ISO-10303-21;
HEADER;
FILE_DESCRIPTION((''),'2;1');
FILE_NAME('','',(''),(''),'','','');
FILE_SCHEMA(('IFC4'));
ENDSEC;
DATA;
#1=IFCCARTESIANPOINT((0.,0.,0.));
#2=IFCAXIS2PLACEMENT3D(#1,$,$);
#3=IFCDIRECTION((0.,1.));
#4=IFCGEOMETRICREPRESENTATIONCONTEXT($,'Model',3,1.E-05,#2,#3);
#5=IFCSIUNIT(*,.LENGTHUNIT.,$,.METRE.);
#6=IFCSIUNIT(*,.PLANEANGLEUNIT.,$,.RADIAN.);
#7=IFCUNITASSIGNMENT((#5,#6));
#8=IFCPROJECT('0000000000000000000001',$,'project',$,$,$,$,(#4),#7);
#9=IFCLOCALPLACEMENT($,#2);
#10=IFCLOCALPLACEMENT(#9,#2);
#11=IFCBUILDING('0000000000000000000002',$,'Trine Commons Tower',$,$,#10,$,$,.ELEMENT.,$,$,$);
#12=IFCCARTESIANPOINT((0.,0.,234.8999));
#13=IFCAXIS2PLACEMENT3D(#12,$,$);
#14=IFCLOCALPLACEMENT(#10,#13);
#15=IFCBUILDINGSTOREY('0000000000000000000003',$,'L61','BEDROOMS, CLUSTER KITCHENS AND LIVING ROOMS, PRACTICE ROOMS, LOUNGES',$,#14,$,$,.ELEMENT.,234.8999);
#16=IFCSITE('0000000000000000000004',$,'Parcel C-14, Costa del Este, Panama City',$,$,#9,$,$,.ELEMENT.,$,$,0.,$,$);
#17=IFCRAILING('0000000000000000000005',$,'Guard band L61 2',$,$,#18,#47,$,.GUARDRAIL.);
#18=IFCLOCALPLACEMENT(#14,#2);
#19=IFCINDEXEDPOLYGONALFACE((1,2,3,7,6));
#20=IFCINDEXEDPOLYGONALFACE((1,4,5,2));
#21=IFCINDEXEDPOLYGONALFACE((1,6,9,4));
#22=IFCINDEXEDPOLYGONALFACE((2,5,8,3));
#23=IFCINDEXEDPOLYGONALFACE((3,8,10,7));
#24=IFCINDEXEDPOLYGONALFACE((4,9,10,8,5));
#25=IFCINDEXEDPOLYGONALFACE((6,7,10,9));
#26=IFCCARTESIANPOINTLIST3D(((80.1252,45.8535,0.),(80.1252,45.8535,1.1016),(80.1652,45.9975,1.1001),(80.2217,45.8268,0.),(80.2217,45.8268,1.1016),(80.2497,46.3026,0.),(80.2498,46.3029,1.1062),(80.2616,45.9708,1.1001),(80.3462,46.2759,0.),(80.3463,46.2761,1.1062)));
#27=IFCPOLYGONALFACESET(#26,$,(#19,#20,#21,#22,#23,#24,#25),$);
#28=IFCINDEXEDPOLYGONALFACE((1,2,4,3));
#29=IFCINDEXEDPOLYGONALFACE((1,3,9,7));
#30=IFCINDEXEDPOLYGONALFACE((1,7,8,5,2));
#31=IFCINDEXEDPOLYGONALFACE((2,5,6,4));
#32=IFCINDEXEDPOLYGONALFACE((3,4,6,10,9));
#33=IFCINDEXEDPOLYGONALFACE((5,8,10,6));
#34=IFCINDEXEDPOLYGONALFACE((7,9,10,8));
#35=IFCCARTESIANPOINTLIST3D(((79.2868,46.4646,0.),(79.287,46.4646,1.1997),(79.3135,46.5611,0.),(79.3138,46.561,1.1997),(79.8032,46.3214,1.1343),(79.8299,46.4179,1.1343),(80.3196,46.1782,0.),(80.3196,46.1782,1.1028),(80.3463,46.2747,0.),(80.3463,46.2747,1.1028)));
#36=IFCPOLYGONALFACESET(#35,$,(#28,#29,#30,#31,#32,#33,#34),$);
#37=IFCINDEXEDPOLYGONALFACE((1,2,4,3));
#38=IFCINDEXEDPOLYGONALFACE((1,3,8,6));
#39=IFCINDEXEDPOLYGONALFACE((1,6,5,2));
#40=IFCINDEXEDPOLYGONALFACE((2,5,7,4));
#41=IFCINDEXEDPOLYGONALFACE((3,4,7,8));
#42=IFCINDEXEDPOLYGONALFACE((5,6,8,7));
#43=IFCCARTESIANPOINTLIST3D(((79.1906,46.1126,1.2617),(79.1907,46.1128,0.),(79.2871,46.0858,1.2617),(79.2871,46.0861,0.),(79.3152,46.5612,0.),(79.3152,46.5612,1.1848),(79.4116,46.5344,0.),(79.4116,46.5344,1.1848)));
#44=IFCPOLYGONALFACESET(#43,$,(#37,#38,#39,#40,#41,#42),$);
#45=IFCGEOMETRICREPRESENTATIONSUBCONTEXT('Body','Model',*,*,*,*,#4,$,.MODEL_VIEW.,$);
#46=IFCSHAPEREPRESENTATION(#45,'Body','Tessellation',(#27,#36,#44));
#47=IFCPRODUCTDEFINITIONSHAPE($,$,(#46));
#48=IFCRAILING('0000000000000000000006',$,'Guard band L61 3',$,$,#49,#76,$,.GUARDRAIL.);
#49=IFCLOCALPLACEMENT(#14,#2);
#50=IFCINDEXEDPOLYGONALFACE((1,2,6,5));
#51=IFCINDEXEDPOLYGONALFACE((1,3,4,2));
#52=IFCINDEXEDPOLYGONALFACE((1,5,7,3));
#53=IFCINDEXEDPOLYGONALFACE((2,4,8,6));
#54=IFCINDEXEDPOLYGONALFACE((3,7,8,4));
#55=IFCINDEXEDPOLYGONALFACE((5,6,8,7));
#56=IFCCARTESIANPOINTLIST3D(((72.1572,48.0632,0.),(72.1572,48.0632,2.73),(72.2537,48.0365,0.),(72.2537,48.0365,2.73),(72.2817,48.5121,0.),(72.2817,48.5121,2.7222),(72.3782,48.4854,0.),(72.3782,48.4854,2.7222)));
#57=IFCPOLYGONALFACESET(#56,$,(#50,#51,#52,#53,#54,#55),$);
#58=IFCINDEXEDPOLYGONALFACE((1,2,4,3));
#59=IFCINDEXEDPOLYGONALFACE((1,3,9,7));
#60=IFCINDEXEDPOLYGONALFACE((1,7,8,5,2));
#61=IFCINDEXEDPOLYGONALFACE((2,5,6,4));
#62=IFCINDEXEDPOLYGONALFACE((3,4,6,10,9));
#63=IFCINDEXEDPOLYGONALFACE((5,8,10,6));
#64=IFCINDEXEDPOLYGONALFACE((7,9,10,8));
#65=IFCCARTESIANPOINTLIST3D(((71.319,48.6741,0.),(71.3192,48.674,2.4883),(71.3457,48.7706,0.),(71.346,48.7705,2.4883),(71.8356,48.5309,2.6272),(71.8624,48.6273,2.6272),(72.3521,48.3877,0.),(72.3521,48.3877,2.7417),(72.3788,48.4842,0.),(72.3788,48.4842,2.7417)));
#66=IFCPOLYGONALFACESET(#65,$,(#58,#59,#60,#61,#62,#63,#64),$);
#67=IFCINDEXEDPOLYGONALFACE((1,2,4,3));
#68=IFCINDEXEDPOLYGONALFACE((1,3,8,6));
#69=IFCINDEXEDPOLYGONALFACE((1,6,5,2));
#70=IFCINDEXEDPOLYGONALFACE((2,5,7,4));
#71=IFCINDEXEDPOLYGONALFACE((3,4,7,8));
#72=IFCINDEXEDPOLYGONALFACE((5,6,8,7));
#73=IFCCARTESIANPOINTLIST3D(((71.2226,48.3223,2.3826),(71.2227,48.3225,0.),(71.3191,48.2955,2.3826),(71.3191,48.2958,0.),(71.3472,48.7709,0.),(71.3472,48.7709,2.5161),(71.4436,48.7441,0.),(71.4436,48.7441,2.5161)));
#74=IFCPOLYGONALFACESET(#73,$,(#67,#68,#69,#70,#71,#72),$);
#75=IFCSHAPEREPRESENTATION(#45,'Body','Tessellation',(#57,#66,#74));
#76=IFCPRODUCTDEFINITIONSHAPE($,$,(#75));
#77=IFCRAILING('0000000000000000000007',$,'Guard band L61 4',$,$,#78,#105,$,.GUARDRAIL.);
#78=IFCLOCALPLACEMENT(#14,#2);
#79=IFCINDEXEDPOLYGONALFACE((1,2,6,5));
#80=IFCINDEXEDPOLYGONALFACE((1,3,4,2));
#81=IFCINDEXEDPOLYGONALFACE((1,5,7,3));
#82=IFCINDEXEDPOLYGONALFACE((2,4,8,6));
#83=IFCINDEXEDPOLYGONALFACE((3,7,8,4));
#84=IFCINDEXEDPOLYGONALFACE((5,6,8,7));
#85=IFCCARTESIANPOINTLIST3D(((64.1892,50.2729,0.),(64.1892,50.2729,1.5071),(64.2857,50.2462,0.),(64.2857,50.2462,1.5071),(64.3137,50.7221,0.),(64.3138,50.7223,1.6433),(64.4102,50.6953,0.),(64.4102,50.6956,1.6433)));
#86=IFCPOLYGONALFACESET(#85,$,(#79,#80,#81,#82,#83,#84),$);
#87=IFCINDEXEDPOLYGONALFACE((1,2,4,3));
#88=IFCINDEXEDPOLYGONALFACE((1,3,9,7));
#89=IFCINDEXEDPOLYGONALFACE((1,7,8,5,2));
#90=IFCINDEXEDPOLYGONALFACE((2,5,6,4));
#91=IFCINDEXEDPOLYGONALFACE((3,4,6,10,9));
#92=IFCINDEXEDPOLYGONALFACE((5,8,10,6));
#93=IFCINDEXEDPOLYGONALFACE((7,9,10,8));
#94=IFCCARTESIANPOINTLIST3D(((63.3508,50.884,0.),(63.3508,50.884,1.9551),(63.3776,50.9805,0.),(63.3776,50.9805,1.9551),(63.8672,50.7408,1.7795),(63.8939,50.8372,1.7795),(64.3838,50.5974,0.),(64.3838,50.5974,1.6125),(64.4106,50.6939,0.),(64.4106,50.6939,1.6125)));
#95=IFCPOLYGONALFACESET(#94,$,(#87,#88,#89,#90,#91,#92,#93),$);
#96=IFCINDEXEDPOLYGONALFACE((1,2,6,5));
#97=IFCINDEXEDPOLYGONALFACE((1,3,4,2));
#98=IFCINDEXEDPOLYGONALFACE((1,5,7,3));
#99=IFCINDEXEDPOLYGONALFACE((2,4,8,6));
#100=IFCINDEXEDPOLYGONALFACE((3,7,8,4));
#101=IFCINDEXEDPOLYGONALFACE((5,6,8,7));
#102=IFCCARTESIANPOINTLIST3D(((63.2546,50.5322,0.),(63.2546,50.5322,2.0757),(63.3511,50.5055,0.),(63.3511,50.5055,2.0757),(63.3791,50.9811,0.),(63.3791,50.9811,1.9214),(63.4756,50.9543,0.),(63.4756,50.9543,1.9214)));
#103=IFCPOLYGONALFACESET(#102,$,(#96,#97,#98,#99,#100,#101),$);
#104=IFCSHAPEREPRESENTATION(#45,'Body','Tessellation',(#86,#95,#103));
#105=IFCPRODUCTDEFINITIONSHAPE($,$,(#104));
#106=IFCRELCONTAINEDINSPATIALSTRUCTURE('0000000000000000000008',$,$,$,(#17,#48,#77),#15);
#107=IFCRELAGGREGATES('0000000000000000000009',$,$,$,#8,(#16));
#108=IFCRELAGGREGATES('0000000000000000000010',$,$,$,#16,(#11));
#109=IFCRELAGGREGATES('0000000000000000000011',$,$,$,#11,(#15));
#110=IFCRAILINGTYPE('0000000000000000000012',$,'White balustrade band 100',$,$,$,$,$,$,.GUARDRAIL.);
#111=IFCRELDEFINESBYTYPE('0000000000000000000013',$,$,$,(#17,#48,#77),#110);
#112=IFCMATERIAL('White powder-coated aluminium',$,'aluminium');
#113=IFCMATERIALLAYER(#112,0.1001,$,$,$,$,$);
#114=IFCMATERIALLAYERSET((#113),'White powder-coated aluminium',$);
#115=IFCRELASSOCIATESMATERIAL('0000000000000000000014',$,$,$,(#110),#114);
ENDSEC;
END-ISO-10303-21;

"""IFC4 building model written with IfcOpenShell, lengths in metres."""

from ifc_helpers import new_model, si_unit, direction, frame, origin, place, context, subcontext, project, spatial, polyline, outline, extrude, material, layer, layer_set, type_object, element, save


model = new_model("IFC4")

# Units and contexts
model_context = context("Model", 3, precision=1e-05, world=origin(), true_north=direction((0.0, 1.0)))
body_context = subcontext(model_context, "Body", "Model", "MODEL_VIEW")
ifc_project = project(units=[si_unit("LENGTHUNIT", "METRE"), si_unit("PLANEANGLEUNIT", "RADIAN")], contexts=[model_context])

# Site, building, storey
site_placement = place(None, origin())
site = spatial("IfcSite", under=ifc_project, at=site_placement, Name="Parcel C-14, Costa del Este, Panama City", CompositionType="ELEMENT", RefElevation=0.0)
building_placement = place(site_placement, origin())
building = spatial("IfcBuilding", under=site, at=building_placement, Name="Trine Commons Tower", CompositionType="ELEMENT")
storey_placement = place(building_placement, frame((0.0, 0.0, 234.8999)))
storey = spatial("IfcBuildingStorey", under=building, at=storey_placement, Name="L61", Description="BEDROOMS, CLUSTER KITCHENS AND LIVING ROOMS, PRACTICE ROOMS, LOUNGES", CompositionType="ELEMENT", Elevation=234.8999)

# Railings
ifc_material_1 = material(Name="White powder-coated aluminium", Category="aluminium")
ifc_layer_1 = layer(ifc_material_1, 0.1001)
ifc_layer_set_1 = layer_set([ifc_layer_1], Name="White powder-coated aluminium")
railing_type = type_object("IfcRailingType", Name="White balustrade band 100", PredefinedType="GUARDRAIL", material=ifc_layer_set_1)
railing_1_placement = place(storey_placement, origin())
element("IfcRailing", 1, at=railing_1_placement, inside=storey, type_object=railing_type, Name="Guard band L61 2", PredefinedType="GUARDRAIL", context=body_context, shape_type="SweptSolid", body=[
    extrude(outline(polyline([(0.0, 0.0), (0.4661, 0.0), (0.4663, 1.1062), (0.4663, 1.1062), (0.1494, 1.1001), (0.0, 1.1016), (0.0, 0.0)])), frame((80.1252, 45.8535, 0.0), z_axis=(0.963668, -0.267104, 0.0), x_axis=(0.267104, 0.963668, 0.0)), (0.0, 0.0, 1.0), 0.1001),
    extrude(outline(polyline([(0.0, 0.0), (1.0718, 0.0), (1.0715, 1.1997), (0.5359, 1.1343), (0.0, 1.1028), (0.0, 0.0)])), frame((80.3196, 46.1782, 0.0), z_axis=(0.267221, 0.963635, 0.0), x_axis=(-0.963635, 0.267221, 0.0)), (0.0, 0.0, 1.0), 0.1001),
    extrude(outline(polyline([(0.0, 0.0), (0.4653, 0.0), (0.4656, 1.2617), (0.0, 1.1848), (0.0, 0.0)])), frame((79.4116, 46.5344, 0.0), z_axis=(-0.963555, 0.267509, 0.0), x_axis=(-0.267509, -0.963555, 0.0)), (0.0, 0.0, 1.0), 0.1001),
])
railing_2_placement = place(storey_placement, origin())
element("IfcRailing", 2, at=railing_2_placement, inside=storey, type_object=railing_type, Name="Guard band L61 3", PredefinedType="GUARDRAIL", context=body_context, shape_type="SweptSolid", body=[
    extrude(outline(polyline([(0.0, 0.0), (0.4658, 0.0), (0.4658, 2.7222), (0.4658, 2.7222), (0.0, 2.73), (0.0, 0.0)])), frame((72.1572, 48.0632, 0.0), z_axis=(0.96363, -0.267238, 0.0), x_axis=(0.267238, 0.96363, 0.0)), (0.0, 0.0, 1.0), 0.1001),
    extrude(outline(polyline([(0.0, 0.0), (1.072, 0.0), (1.0718, 2.4883), (0.5359, 2.6272), (0.0, 2.7417), (0.0, 0.0)])), frame((72.3521, 48.3877, 0.0), z_axis=(0.267162, 0.963652, 0.0), x_axis=(-0.963652, 0.267162, 0.0)), (0.0, 0.0, 1.0), 0.1001),
    extrude(outline(polyline([(0.0, 0.0), (0.4653, 0.0), (0.4656, 2.3826), (0.0, 2.5161), (0.0, 0.0)])), frame((71.4436, 48.7441, 0.0), z_axis=(-0.963555, 0.267509, 0.0), x_axis=(-0.267509, -0.963555, 0.0)), (0.0, 0.0, 1.0), 0.1001),
])
railing_3_placement = place(storey_placement, origin())
element("IfcRailing", 3, at=railing_3_placement, inside=storey, type_object=railing_type, Name="Guard band L61 4", PredefinedType="GUARDRAIL", context=body_context, shape_type="SweptSolid", body=[
    extrude(outline(polyline([(0.0, 0.0), (0.4661, 0.0), (0.4663, 1.6433), (0.0, 1.5071), (0.0, 0.0)])), frame((64.1892, 50.2729, 0.0), z_axis=(0.963668, -0.267104, 0.0), x_axis=(0.267104, 0.963668, 0.0)), (0.0, 0.0, 1.0), 0.1001),
    extrude(outline(polyline([(0.0, 0.0), (1.072, 0.0), (1.072, 1.9551), (0.5361, 1.7795), (0.0, 1.6125), (0.0, 0.0)])), frame((64.3838, 50.5974, 0.0), z_axis=(0.267374, 0.963593, 0.0), x_axis=(-0.963593, 0.267374, 0.0)), (0.0, 0.0, 1.0), 0.1001),
    extrude(outline(polyline([(0.0, 0.0), (0.4658, 0.0), (0.4658, 2.0757), (0.0, 1.9214), (0.0, 0.0)])), frame((63.4756, 50.9543, 0.0), z_axis=(-0.96363, 0.267238, 0.0), x_axis=(-0.267238, -0.96363, 0.0)), (0.0, 0.0, 1.0), 0.1001),
])

save(model, "model.ifc")
